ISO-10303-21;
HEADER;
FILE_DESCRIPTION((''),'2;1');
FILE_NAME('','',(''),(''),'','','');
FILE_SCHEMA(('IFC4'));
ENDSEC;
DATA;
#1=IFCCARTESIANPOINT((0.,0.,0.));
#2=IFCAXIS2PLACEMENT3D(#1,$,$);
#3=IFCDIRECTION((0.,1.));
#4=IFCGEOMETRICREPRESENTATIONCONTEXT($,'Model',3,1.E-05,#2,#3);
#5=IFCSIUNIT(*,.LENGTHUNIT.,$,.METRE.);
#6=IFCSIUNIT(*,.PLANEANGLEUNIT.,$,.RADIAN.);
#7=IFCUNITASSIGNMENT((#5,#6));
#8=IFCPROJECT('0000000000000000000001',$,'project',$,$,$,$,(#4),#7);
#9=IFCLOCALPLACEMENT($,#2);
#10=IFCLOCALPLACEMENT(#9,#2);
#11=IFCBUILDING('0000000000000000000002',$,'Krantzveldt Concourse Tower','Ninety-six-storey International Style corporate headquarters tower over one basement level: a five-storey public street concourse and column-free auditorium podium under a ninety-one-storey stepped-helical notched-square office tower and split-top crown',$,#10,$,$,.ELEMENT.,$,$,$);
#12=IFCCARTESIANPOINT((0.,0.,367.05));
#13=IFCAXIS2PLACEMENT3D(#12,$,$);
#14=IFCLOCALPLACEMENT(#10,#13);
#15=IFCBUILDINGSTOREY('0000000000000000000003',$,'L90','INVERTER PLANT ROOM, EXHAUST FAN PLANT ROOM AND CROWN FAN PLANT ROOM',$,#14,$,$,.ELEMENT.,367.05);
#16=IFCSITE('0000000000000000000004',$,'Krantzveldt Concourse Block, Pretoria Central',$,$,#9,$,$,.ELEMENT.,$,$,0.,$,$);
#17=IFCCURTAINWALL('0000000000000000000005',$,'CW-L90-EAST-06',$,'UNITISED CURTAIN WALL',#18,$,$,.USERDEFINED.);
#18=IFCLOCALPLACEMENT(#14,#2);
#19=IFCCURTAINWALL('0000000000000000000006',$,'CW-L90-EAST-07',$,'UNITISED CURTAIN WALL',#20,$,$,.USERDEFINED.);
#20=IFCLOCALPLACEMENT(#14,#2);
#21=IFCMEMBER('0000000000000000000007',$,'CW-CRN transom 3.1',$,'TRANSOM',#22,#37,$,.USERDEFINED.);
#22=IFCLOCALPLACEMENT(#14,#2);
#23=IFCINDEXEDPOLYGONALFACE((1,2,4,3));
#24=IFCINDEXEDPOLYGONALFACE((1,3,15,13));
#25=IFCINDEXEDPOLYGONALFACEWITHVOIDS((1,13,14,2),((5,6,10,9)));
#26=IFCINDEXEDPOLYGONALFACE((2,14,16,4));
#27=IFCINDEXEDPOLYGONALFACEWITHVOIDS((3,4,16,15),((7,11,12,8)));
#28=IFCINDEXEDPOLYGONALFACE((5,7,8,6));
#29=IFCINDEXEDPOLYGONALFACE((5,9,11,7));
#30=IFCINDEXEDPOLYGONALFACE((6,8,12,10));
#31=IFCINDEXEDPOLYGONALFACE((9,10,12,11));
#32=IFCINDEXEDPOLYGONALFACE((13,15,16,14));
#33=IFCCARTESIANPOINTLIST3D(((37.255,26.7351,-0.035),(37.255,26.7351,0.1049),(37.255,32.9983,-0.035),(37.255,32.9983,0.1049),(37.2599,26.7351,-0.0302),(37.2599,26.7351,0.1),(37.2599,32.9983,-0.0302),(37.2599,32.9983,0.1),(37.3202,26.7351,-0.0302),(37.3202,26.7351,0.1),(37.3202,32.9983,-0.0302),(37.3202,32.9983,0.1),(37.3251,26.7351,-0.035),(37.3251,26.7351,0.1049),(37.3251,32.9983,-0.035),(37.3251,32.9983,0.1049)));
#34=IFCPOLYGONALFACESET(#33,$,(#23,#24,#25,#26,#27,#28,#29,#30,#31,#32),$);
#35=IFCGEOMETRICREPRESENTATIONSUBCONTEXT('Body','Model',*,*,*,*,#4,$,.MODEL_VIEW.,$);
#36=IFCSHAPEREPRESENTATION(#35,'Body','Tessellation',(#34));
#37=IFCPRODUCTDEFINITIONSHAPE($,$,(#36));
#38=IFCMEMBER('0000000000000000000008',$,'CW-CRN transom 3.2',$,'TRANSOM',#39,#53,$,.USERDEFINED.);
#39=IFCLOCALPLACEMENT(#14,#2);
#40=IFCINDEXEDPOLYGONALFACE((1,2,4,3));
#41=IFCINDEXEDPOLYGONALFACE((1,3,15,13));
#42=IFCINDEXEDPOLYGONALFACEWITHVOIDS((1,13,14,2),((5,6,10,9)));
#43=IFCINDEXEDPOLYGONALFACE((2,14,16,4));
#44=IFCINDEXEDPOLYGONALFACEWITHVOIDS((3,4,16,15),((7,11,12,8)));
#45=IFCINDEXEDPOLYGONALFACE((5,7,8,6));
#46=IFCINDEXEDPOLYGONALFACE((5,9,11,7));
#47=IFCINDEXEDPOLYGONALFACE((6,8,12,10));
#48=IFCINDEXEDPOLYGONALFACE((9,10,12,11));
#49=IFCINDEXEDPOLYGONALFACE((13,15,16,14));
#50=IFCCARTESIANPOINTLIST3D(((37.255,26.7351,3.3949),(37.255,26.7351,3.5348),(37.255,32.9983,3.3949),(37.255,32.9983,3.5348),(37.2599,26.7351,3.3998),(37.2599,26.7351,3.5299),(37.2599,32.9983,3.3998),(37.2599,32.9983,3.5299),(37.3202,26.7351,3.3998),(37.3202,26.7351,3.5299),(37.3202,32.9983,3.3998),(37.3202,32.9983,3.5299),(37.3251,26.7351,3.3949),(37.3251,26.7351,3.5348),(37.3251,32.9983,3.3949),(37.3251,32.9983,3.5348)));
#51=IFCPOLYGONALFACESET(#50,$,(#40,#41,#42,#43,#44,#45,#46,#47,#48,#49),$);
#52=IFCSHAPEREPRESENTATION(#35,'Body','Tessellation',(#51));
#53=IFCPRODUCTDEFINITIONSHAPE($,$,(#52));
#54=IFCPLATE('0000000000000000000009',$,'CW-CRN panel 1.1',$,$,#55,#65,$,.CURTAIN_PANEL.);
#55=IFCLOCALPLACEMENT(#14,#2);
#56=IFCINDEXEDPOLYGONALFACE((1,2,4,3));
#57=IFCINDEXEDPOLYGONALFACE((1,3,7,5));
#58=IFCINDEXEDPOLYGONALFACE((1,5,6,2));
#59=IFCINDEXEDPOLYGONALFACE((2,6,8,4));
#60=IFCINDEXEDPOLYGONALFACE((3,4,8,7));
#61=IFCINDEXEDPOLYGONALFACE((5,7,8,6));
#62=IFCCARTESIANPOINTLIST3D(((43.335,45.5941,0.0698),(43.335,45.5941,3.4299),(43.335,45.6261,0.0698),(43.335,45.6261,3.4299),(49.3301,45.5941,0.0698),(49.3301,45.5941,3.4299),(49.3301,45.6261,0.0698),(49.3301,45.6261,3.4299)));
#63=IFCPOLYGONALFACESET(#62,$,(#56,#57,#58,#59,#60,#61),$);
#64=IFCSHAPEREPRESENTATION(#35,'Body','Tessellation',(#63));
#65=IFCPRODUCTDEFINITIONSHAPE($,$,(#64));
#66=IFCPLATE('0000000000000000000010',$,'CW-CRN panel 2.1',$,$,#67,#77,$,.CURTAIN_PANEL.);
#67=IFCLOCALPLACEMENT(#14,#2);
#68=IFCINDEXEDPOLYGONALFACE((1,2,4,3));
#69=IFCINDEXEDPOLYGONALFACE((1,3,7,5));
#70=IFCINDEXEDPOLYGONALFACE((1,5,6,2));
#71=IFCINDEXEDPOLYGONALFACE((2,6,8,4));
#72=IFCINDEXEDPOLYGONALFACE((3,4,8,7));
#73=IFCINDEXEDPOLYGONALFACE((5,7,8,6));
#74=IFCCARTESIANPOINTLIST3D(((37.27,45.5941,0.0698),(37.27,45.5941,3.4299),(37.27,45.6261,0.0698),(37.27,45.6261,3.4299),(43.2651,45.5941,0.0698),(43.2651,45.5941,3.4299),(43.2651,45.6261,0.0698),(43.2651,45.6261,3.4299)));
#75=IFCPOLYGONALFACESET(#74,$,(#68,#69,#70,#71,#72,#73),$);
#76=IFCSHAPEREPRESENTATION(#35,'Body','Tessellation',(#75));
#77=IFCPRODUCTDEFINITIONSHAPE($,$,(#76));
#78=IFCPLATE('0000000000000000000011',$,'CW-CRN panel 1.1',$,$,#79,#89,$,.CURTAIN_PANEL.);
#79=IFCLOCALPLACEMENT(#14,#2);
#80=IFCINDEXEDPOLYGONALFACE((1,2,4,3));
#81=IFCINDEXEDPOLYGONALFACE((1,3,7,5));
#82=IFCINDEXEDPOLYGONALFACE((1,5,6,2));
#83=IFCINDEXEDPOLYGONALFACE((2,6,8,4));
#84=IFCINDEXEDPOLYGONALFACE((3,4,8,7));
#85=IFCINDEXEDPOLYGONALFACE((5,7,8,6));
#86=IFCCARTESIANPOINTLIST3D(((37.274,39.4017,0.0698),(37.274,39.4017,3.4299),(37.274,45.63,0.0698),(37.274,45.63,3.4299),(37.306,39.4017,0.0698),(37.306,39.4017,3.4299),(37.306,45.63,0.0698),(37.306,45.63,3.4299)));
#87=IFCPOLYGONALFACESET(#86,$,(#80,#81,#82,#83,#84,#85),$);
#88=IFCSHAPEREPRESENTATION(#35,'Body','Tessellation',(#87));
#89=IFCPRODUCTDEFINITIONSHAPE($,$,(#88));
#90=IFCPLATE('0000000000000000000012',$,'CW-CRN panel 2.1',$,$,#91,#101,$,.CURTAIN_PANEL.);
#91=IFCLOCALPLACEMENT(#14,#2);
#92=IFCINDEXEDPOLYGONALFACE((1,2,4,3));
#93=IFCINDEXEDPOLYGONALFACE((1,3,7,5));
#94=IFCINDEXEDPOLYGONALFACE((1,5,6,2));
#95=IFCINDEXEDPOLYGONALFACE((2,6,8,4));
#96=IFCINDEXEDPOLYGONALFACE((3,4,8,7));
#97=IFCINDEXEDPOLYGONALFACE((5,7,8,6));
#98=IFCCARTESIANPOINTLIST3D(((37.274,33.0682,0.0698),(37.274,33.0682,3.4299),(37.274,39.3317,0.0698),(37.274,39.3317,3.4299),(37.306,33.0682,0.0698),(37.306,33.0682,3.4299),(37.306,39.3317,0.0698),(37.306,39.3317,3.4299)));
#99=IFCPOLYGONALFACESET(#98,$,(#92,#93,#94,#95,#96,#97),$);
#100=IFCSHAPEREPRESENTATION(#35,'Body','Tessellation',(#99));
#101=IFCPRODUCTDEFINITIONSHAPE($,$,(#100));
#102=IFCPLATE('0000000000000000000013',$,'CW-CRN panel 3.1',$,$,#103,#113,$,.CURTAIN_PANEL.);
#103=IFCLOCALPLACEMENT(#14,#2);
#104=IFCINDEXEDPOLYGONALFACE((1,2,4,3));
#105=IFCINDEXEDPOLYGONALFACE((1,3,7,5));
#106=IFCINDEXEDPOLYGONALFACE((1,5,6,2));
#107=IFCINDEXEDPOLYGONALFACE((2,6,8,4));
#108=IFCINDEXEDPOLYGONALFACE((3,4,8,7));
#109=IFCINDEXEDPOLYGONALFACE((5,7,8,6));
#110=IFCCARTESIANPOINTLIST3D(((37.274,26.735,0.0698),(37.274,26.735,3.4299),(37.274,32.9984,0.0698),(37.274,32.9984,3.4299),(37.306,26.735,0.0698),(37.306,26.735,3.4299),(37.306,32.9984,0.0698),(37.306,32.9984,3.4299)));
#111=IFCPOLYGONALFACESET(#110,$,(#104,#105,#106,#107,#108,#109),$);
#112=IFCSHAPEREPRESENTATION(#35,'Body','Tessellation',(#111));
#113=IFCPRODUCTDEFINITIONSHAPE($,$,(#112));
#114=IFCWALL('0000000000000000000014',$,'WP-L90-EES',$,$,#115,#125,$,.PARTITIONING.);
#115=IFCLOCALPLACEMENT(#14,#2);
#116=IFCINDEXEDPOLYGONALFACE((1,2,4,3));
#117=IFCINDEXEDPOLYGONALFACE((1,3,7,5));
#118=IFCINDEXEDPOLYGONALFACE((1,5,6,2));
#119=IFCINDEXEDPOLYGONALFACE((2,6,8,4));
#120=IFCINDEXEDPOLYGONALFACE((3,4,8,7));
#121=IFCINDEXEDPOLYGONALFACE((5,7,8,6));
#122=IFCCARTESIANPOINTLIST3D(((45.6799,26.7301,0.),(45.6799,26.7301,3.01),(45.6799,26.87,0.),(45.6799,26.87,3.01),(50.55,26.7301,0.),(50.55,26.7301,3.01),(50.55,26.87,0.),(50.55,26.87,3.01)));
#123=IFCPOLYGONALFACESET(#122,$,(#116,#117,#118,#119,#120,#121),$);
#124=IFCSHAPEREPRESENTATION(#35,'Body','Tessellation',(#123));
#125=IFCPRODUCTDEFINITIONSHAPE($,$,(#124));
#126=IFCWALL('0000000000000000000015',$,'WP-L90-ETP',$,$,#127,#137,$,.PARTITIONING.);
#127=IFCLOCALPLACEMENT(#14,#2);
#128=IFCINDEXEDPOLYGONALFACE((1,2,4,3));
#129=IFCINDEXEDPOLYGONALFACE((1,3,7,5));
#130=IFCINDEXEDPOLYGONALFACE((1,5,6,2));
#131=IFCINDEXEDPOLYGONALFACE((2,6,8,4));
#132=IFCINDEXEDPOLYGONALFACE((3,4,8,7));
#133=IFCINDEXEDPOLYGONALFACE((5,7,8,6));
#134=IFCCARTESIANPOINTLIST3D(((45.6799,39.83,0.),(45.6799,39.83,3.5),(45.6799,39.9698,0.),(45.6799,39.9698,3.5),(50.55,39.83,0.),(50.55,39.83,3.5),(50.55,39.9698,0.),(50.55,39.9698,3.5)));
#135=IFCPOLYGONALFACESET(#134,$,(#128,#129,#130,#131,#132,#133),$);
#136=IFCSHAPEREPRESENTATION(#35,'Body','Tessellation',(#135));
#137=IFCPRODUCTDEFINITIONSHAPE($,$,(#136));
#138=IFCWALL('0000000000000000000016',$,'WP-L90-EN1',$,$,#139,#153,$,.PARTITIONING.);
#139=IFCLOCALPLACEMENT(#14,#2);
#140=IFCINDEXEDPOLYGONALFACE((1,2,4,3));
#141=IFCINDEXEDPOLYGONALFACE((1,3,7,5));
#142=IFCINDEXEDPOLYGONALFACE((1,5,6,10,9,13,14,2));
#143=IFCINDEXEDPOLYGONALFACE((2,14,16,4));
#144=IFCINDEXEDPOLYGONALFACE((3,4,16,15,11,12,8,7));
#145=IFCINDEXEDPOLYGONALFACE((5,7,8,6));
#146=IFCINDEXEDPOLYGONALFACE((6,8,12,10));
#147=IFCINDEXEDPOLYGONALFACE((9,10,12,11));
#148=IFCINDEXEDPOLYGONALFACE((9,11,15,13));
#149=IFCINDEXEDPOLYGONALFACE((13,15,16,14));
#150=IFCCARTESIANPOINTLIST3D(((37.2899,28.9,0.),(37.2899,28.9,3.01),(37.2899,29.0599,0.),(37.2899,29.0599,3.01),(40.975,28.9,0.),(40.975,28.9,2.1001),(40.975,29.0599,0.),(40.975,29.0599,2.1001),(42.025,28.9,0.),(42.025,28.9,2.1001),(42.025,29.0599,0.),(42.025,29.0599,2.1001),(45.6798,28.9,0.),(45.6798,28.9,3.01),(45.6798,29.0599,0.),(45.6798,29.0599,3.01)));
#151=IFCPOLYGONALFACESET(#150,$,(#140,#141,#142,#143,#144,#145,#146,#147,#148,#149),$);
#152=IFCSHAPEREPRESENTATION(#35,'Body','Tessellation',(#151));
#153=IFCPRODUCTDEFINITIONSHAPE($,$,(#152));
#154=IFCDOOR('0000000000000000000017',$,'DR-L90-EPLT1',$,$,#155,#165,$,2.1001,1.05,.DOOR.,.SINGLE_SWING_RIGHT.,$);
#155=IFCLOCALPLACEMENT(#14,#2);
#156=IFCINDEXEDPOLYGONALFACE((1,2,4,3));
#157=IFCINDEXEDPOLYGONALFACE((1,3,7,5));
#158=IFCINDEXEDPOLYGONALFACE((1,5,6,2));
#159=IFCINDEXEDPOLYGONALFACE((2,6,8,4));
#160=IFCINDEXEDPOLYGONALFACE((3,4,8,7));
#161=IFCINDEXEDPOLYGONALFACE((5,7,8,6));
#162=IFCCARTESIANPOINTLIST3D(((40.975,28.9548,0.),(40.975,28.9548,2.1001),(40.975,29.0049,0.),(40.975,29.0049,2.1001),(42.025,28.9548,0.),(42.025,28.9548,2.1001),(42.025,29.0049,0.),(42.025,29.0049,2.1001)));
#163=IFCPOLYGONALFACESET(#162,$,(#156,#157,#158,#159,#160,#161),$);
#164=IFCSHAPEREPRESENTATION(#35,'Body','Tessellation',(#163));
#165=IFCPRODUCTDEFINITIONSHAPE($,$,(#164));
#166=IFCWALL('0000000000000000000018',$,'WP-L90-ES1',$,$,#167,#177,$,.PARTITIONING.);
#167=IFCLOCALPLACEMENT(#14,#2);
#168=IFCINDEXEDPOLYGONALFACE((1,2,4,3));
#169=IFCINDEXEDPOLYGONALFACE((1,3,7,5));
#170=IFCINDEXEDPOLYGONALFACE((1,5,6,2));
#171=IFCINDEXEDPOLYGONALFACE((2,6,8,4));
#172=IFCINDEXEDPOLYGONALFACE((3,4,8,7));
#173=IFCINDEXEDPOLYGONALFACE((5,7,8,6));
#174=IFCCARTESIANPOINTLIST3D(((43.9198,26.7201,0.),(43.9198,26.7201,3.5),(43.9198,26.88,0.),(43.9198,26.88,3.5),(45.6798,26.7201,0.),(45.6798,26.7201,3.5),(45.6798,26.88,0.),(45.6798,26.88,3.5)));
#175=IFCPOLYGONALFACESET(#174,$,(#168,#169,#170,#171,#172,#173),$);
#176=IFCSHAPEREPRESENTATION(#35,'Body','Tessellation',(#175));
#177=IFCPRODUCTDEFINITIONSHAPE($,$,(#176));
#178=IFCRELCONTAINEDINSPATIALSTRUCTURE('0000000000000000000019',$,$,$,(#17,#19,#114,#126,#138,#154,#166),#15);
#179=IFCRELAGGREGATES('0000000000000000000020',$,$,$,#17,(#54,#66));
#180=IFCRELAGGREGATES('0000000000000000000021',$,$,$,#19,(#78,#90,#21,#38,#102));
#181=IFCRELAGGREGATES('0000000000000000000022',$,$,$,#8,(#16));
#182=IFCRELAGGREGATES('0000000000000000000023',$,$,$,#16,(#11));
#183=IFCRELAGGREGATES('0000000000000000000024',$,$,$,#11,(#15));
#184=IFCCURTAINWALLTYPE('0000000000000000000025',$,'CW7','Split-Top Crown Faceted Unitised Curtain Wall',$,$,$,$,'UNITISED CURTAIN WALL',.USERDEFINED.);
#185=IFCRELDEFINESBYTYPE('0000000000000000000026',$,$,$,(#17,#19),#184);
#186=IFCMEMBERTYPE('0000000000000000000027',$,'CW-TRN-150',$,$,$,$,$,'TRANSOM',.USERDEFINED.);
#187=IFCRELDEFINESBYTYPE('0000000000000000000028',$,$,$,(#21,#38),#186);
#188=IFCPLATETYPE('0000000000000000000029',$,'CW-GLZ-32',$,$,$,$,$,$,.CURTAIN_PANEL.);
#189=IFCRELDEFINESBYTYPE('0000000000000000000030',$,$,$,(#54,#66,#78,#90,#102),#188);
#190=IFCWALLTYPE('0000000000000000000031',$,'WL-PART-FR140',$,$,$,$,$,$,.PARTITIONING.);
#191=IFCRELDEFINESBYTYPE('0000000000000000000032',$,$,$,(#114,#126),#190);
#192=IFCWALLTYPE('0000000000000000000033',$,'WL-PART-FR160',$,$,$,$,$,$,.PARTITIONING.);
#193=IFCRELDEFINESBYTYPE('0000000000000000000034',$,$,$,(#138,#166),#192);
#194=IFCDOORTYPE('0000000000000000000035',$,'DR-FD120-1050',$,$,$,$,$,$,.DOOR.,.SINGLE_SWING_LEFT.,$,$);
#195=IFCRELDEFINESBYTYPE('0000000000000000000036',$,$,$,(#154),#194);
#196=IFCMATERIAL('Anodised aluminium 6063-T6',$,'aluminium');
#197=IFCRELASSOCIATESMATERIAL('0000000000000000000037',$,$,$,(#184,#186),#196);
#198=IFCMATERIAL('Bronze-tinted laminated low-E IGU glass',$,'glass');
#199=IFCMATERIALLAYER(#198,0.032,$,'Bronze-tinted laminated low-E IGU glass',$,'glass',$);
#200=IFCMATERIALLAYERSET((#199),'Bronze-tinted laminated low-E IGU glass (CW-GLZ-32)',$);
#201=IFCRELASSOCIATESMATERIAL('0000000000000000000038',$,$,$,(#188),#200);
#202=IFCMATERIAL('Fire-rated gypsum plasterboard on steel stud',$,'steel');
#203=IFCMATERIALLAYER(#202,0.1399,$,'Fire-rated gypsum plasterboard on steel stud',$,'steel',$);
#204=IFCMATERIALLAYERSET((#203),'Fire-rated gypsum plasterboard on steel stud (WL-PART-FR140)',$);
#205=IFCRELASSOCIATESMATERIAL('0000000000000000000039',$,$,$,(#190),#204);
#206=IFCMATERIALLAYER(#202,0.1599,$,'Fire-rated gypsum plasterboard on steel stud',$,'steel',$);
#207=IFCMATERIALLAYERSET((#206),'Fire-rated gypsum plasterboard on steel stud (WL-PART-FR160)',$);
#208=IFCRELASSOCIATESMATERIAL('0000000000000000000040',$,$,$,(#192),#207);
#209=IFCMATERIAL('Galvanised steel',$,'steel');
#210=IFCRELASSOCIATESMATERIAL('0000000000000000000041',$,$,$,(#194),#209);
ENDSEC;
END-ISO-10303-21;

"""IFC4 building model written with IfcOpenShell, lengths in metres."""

from ifc_helpers import new_model, si_unit, direction, frame, frame_2d, origin, origin_2d, place, context, subcontext, project, spatial, rectangle, hollow_rectangle, extrude, source, transform, mapped, material, layer, layer_set, material_profile, profile_set, type_object, type_shapes, element, fill, aggregate, save


model = new_model("IFC4")

# Units and contexts
model_context = context("Model", 3, precision=1e-05, world=origin(), true_north=direction((0.0, 1.0)))
body_context = subcontext(model_context, "Body", "Model", "MODEL_VIEW")
ifc_project = project(units=[si_unit("LENGTHUNIT", "METRE"), si_unit("PLANEANGLEUNIT", "RADIAN")], contexts=[model_context])

# Site, building, storey
site_placement = place(None, origin())
site = spatial("IfcSite", under=ifc_project, at=site_placement, Name="Krantzveldt Concourse Block, Pretoria Central", CompositionType="ELEMENT", RefElevation=0.0)
building_placement = place(site_placement, origin())
building = spatial("IfcBuilding", under=site, at=building_placement, Name="Krantzveldt Concourse Tower", Description="Ninety-six-storey International Style corporate headquarters tower over one basement level: a five-storey public street concourse and column-free auditorium podium under a ninety-one-storey stepped-helical notched-square office tower and split-top crown", CompositionType="ELEMENT")
storey_placement = place(building_placement, frame((0.0, 0.0, 367.05)))
storey = spatial("IfcBuildingStorey", under=building, at=storey_placement, Name="L90", Description="INVERTER PLANT ROOM, EXHAUST FAN PLANT ROOM AND CROWN FAN PLANT ROOM", CompositionType="ELEMENT", Elevation=367.05)

# Shared definitions
ifc_material_1 = material(Name="Anodised aluminium 6063-T6", Category="aluminium")
curtain_wall_type = type_object("IfcCurtainWallType", Name="CW7", Description="Split-Top Crown Faceted Unitised Curtain Wall", ElementType="UNITISED CURTAIN WALL", PredefinedType="USERDEFINED", material=ifc_material_1)

# Curtain walls
curtain_wall_1_placement = place(storey_placement, origin())
curtain_wall_1 = element("IfcCurtainWall", 1, at=curtain_wall_1_placement, inside=storey, type_object=curtain_wall_type, Name="CW-L90-EAST-06", ObjectType="UNITISED CURTAIN WALL", PredefinedType="USERDEFINED")
curtain_wall_2_placement = place(storey_placement, origin())
curtain_wall_2 = element("IfcCurtainWall", 2, at=curtain_wall_2_placement, inside=storey, type_object=curtain_wall_type, Name="CW-L90-EAST-07", ObjectType="UNITISED CURTAIN WALL", PredefinedType="USERDEFINED")

# Members
ifc_material_profile_1 = material_profile(ifc_material_1, hollow_rectangle(XDim=0.0701, YDim=0.1399, WallThickness=0.0049, at=origin_2d()), Name="Anodised aluminium 6063-T6", Category="aluminium")
ifc_profile_set_1 = profile_set([ifc_material_profile_1], Name="Anodised aluminium 6063-T6 - ALU-TRAN 140x70x5")
member_type_1 = type_object("IfcMemberType", Name="CW-TRN-150", ElementType="TRANSOM", PredefinedType="USERDEFINED", material=ifc_profile_set_1)
shared_shape_1 = source(origin(), body_context, "Body", "SweptSolid", [
    extrude(hollow_rectangle(XDim=0.0701, YDim=0.1399, WallThickness=0.0049, at=origin_2d()), origin(), (0.0, 0.0, 1.0), 6.2632),
])
member_1_placement = place(storey_placement, frame((37.29, 32.9983, 0.0349), z_axis=(0.0, -1.0, 0.0), x_axis=(1.0, 0.0, 0.0)))
member_1 = element("IfcMember", 3, at=member_1_placement, type_object=member_type_1, Name="CW-CRN transom 3.1", ObjectType="TRANSOM", PredefinedType="USERDEFINED", context=body_context, shape_type="MappedRepresentation", body=[
    mapped(shared_shape_1, transform((0.0, 0.0, 0.0), x_axis=(1.0, 0.0, 0.0), y_axis=(0.0, 1.0, 0.0), z_axis=(0.0, 0.0, 1.0), scale=1.0)),
])
member_2_placement = place(storey_placement, frame((37.29, 32.9983, 3.4648), z_axis=(0.0, -1.0, 0.0), x_axis=(1.0, 0.0, 0.0)))
member_2 = element("IfcMember", 4, at=member_2_placement, type_object=member_type_1, Name="CW-CRN transom 3.2", ObjectType="TRANSOM", PredefinedType="USERDEFINED", context=body_context, shape_type="MappedRepresentation", body=[
    mapped(shared_shape_1, transform((0.0, 0.0, 0.0), x_axis=(1.0, 0.0, 0.0), y_axis=(0.0, 1.0, 0.0), z_axis=(0.0, 0.0, 1.0), scale=1.0)),
])

# Plates
ifc_material_2 = material(Name="Bronze-tinted laminated low-E IGU glass", Category="glass")
ifc_layer_1 = layer(ifc_material_2, 0.032, Name="Bronze-tinted laminated low-E IGU glass", Category="glass")
ifc_layer_set_1 = layer_set([ifc_layer_1], Name="Bronze-tinted laminated low-E IGU glass (CW-GLZ-32)")
plate_type = type_object("IfcPlateType", Name="CW-GLZ-32", PredefinedType="CURTAIN_PANEL", material=ifc_layer_set_1)
shared_shape_2 = source(origin(), body_context, "Body", "SweptSolid", [
    extrude(rectangle(XDim=5.9951, YDim=0.032, at=origin_2d()), origin(), (0.0, 0.0, 1.0), 3.3601),
])
plate_1_placement = place(storey_placement, frame((46.3325, 45.6101, 0.0698), z_axis=(0.0, 0.0, 1.0), x_axis=(-1.0, 0.0, 0.0)))
plate_1 = element("IfcPlate", 5, at=plate_1_placement, type_object=plate_type, Name="CW-CRN panel 1.1", PredefinedType="CURTAIN_PANEL", context=body_context, shape_type="MappedRepresentation", body=[
    mapped(shared_shape_2, transform((0.0, 0.0, 0.0), x_axis=(1.0, 0.0, 0.0), y_axis=(0.0, 1.0, 0.0), z_axis=(0.0, 0.0, 1.0), scale=1.0)),
])
plate_2_placement = place(storey_placement, frame((40.2676, 45.6101, 0.0698), z_axis=(0.0, 0.0, 1.0), x_axis=(-1.0, 0.0, 0.0)))
plate_2 = element("IfcPlate", 6, at=plate_2_placement, type_object=plate_type, Name="CW-CRN panel 2.1", PredefinedType="CURTAIN_PANEL", context=body_context, shape_type="MappedRepresentation", body=[
    mapped(shared_shape_2, transform((0.0, 0.0, 0.0), x_axis=(1.0, 0.0, 0.0), y_axis=(0.0, 1.0, 0.0), z_axis=(0.0, 0.0, 1.0), scale=1.0)),
])
aggregate(curtain_wall_1, [plate_1, plate_2])
shared_shape_3 = source(origin(), body_context, "Body", "SweptSolid", [
    extrude(rectangle(XDim=6.2283, YDim=0.032, at=origin_2d()), origin(), (0.0, 0.0, 1.0), 3.3601),
])
plate_3_placement = place(storey_placement, frame((37.29, 42.5159, 0.0698), z_axis=(0.0, 0.0, 1.0), x_axis=(0.0, -1.0, 0.0)))
plate_3 = element("IfcPlate", 7, at=plate_3_placement, type_object=plate_type, Name="CW-CRN panel 1.1", PredefinedType="CURTAIN_PANEL", context=body_context, shape_type="MappedRepresentation", body=[
    mapped(shared_shape_3, transform((0.0, 0.0, 0.0), x_axis=(1.0, 0.0, 0.0), y_axis=(0.0, 1.0, 0.0), z_axis=(0.0, 0.0, 1.0), scale=1.0)),
])
shared_shape_4 = source(origin(), body_context, "Body", "SweptSolid", [
    extrude(rectangle(XDim=6.2634, YDim=0.032, at=origin_2d()), origin(), (0.0, 0.0, 1.0), 3.3601),
])
type_shapes(plate_type, [shared_shape_2, shared_shape_3, shared_shape_4])
plate_4_placement = place(storey_placement, frame((37.29, 36.2, 0.0698), z_axis=(0.0, 0.0, 1.0), x_axis=(0.0, -1.0, 0.0)))
plate_4 = element("IfcPlate", 8, at=plate_4_placement, type_object=plate_type, Name="CW-CRN panel 2.1", PredefinedType="CURTAIN_PANEL", context=body_context, shape_type="MappedRepresentation", body=[
    mapped(shared_shape_4, transform((0.0, 0.0, 0.0), x_axis=(1.0, 0.0, 0.0), y_axis=(0.0, 1.0, 0.0), z_axis=(0.0, 0.0, 1.0), scale=1.0)),
])
plate_5_placement = place(storey_placement, frame((37.29, 29.8667, 0.0698), z_axis=(0.0, 0.0, 1.0), x_axis=(0.0, -1.0, 0.0)))
plate_5 = element("IfcPlate", 9, at=plate_5_placement, type_object=plate_type, Name="CW-CRN panel 3.1", PredefinedType="CURTAIN_PANEL", context=body_context, shape_type="MappedRepresentation", body=[
    mapped(shared_shape_4, transform((0.0, 0.0, 0.0), x_axis=(1.0, 0.0, 0.0), y_axis=(0.0, 1.0, 0.0), z_axis=(0.0, 0.0, 1.0), scale=1.0)),
])
aggregate(curtain_wall_2, [plate_3, plate_4, member_1, member_2, plate_5])

# Walls
ifc_material_3 = material(Name="Fire-rated gypsum plasterboard on steel stud", Category="steel")
ifc_layer_2 = layer(ifc_material_3, 0.1399, Name="Fire-rated gypsum plasterboard on steel stud", Category="steel")
ifc_layer_set_2 = layer_set([ifc_layer_2], Name="Fire-rated gypsum plasterboard on steel stud (WL-PART-FR140)")
wall_type_1 = type_object("IfcWallType", Name="WL-PART-FR140", PredefinedType="PARTITIONING", material=ifc_layer_set_2)
wall_1_placement = place(storey_placement, frame((45.6799, 26.8, 0.0), z_axis=(0.0, 0.0, 1.0), x_axis=(1.0, 0.0, 0.0)))
element("IfcWall", 10, at=wall_1_placement, inside=storey, type_object=wall_type_1, Name="WP-L90-EES", PredefinedType="PARTITIONING", context=body_context, shape_type="SweptSolid", body=[
    extrude(rectangle(XDim=4.8701, YDim=0.1399, at=frame_2d((2.4351, 0.0))), origin(), (0.0, 0.0, 1.0), 3.01),
])
wall_2_placement = place(storey_placement, frame((45.6799, 39.8999, 0.0), z_axis=(0.0, 0.0, 1.0), x_axis=(1.0, 0.0, 0.0)))
element("IfcWall", 11, at=wall_2_placement, inside=storey, type_object=wall_type_1, Name="WP-L90-ETP", PredefinedType="PARTITIONING", context=body_context, shape_type="SweptSolid", body=[
    extrude(rectangle(XDim=4.8701, YDim=0.1399, at=frame_2d((2.4351, 0.0))), origin(), (0.0, 0.0, 1.0), 3.5),
])

# Wall, opening, door
ifc_layer_3 = layer(ifc_material_3, 0.1599, Name="Fire-rated gypsum plasterboard on steel stud", Category="steel")
ifc_layer_set_3 = layer_set([ifc_layer_3], Name="Fire-rated gypsum plasterboard on steel stud (WL-PART-FR160)")
wall_type_2 = type_object("IfcWallType", Name="WL-PART-FR160", PredefinedType="PARTITIONING", material=ifc_layer_set_3)
wall_3_placement = place(storey_placement, frame((37.29, 28.98, 0.0), z_axis=(0.0, 0.0, 1.0), x_axis=(1.0, 0.0, 0.0)))
wall_3 = element("IfcWall", 12, at=wall_3_placement, inside=storey, type_object=wall_type_2, Name="WP-L90-EN1", PredefinedType="PARTITIONING", context=body_context, shape_type="SweptSolid", body=[
    extrude(rectangle(XDim=8.3899, YDim=0.1599, at=frame_2d((4.1948, 0.0))), origin(), (0.0, 0.0, 1.0), 3.01),
])
opening_1_placement = place(wall_3_placement, frame((3.6851, 0.0, 0.0)))
opening_1 = element("IfcOpeningElement", 13, at=opening_1_placement, cuts=wall_3, PredefinedType="OPENING", context=body_context, shape_type="SweptSolid", body=[
    extrude(rectangle(XDim=1.05, YDim=2.1001, at=frame_2d((0.5249, 1.05))), frame((0.0, 0.0898, 0.0), z_axis=(0.0, -1.0, 0.0), x_axis=(1.0, 0.0, 0.0)), (0.0, 0.0, 1.0), 0.1799),
])
ifc_material_4 = material(Name="Galvanised steel", Category="steel")
door_type_1 = type_object("IfcDoorType", Name="DR-FD120-1050", OperationType="SINGLE_SWING_LEFT", PredefinedType="DOOR", material=ifc_material_4)
door_1_placement = place(opening_1_placement, origin())
door_1 = element("IfcDoor", 14, at=door_1_placement, inside=storey, type_object=door_type_1, Name="DR-L90-EPLT1", OperationType="SINGLE_SWING_RIGHT", OverallHeight=2.1001, OverallWidth=1.05, PredefinedType="DOOR", context=body_context, shape_type="SweptSolid", body=[
    extrude(rectangle(XDim=1.05, YDim=2.1001, at=frame_2d((0.5249, 1.05))), frame((0.0, 0.0249, 0.0), z_axis=(0.0, -1.0, 0.0), x_axis=(1.0, 0.0, 0.0)), (0.0, 0.0, 1.0), 0.05),
])
fill(opening_1, door_1)

# Wall
wall_4_placement = place(storey_placement, frame((43.9199, 26.8, 0.0), z_axis=(0.0, 0.0, 1.0), x_axis=(1.0, 0.0, 0.0)))
element("IfcWall", 15, at=wall_4_placement, inside=storey, type_object=wall_type_2, Name="WP-L90-ES1", PredefinedType="PARTITIONING", context=body_context, shape_type="SweptSolid", body=[
    extrude(rectangle(XDim=1.76, YDim=0.1599, at=frame_2d((0.8799, 0.0))), origin(), (0.0, 0.0, 1.0), 3.5),
])

save(model, "model.ifc")
